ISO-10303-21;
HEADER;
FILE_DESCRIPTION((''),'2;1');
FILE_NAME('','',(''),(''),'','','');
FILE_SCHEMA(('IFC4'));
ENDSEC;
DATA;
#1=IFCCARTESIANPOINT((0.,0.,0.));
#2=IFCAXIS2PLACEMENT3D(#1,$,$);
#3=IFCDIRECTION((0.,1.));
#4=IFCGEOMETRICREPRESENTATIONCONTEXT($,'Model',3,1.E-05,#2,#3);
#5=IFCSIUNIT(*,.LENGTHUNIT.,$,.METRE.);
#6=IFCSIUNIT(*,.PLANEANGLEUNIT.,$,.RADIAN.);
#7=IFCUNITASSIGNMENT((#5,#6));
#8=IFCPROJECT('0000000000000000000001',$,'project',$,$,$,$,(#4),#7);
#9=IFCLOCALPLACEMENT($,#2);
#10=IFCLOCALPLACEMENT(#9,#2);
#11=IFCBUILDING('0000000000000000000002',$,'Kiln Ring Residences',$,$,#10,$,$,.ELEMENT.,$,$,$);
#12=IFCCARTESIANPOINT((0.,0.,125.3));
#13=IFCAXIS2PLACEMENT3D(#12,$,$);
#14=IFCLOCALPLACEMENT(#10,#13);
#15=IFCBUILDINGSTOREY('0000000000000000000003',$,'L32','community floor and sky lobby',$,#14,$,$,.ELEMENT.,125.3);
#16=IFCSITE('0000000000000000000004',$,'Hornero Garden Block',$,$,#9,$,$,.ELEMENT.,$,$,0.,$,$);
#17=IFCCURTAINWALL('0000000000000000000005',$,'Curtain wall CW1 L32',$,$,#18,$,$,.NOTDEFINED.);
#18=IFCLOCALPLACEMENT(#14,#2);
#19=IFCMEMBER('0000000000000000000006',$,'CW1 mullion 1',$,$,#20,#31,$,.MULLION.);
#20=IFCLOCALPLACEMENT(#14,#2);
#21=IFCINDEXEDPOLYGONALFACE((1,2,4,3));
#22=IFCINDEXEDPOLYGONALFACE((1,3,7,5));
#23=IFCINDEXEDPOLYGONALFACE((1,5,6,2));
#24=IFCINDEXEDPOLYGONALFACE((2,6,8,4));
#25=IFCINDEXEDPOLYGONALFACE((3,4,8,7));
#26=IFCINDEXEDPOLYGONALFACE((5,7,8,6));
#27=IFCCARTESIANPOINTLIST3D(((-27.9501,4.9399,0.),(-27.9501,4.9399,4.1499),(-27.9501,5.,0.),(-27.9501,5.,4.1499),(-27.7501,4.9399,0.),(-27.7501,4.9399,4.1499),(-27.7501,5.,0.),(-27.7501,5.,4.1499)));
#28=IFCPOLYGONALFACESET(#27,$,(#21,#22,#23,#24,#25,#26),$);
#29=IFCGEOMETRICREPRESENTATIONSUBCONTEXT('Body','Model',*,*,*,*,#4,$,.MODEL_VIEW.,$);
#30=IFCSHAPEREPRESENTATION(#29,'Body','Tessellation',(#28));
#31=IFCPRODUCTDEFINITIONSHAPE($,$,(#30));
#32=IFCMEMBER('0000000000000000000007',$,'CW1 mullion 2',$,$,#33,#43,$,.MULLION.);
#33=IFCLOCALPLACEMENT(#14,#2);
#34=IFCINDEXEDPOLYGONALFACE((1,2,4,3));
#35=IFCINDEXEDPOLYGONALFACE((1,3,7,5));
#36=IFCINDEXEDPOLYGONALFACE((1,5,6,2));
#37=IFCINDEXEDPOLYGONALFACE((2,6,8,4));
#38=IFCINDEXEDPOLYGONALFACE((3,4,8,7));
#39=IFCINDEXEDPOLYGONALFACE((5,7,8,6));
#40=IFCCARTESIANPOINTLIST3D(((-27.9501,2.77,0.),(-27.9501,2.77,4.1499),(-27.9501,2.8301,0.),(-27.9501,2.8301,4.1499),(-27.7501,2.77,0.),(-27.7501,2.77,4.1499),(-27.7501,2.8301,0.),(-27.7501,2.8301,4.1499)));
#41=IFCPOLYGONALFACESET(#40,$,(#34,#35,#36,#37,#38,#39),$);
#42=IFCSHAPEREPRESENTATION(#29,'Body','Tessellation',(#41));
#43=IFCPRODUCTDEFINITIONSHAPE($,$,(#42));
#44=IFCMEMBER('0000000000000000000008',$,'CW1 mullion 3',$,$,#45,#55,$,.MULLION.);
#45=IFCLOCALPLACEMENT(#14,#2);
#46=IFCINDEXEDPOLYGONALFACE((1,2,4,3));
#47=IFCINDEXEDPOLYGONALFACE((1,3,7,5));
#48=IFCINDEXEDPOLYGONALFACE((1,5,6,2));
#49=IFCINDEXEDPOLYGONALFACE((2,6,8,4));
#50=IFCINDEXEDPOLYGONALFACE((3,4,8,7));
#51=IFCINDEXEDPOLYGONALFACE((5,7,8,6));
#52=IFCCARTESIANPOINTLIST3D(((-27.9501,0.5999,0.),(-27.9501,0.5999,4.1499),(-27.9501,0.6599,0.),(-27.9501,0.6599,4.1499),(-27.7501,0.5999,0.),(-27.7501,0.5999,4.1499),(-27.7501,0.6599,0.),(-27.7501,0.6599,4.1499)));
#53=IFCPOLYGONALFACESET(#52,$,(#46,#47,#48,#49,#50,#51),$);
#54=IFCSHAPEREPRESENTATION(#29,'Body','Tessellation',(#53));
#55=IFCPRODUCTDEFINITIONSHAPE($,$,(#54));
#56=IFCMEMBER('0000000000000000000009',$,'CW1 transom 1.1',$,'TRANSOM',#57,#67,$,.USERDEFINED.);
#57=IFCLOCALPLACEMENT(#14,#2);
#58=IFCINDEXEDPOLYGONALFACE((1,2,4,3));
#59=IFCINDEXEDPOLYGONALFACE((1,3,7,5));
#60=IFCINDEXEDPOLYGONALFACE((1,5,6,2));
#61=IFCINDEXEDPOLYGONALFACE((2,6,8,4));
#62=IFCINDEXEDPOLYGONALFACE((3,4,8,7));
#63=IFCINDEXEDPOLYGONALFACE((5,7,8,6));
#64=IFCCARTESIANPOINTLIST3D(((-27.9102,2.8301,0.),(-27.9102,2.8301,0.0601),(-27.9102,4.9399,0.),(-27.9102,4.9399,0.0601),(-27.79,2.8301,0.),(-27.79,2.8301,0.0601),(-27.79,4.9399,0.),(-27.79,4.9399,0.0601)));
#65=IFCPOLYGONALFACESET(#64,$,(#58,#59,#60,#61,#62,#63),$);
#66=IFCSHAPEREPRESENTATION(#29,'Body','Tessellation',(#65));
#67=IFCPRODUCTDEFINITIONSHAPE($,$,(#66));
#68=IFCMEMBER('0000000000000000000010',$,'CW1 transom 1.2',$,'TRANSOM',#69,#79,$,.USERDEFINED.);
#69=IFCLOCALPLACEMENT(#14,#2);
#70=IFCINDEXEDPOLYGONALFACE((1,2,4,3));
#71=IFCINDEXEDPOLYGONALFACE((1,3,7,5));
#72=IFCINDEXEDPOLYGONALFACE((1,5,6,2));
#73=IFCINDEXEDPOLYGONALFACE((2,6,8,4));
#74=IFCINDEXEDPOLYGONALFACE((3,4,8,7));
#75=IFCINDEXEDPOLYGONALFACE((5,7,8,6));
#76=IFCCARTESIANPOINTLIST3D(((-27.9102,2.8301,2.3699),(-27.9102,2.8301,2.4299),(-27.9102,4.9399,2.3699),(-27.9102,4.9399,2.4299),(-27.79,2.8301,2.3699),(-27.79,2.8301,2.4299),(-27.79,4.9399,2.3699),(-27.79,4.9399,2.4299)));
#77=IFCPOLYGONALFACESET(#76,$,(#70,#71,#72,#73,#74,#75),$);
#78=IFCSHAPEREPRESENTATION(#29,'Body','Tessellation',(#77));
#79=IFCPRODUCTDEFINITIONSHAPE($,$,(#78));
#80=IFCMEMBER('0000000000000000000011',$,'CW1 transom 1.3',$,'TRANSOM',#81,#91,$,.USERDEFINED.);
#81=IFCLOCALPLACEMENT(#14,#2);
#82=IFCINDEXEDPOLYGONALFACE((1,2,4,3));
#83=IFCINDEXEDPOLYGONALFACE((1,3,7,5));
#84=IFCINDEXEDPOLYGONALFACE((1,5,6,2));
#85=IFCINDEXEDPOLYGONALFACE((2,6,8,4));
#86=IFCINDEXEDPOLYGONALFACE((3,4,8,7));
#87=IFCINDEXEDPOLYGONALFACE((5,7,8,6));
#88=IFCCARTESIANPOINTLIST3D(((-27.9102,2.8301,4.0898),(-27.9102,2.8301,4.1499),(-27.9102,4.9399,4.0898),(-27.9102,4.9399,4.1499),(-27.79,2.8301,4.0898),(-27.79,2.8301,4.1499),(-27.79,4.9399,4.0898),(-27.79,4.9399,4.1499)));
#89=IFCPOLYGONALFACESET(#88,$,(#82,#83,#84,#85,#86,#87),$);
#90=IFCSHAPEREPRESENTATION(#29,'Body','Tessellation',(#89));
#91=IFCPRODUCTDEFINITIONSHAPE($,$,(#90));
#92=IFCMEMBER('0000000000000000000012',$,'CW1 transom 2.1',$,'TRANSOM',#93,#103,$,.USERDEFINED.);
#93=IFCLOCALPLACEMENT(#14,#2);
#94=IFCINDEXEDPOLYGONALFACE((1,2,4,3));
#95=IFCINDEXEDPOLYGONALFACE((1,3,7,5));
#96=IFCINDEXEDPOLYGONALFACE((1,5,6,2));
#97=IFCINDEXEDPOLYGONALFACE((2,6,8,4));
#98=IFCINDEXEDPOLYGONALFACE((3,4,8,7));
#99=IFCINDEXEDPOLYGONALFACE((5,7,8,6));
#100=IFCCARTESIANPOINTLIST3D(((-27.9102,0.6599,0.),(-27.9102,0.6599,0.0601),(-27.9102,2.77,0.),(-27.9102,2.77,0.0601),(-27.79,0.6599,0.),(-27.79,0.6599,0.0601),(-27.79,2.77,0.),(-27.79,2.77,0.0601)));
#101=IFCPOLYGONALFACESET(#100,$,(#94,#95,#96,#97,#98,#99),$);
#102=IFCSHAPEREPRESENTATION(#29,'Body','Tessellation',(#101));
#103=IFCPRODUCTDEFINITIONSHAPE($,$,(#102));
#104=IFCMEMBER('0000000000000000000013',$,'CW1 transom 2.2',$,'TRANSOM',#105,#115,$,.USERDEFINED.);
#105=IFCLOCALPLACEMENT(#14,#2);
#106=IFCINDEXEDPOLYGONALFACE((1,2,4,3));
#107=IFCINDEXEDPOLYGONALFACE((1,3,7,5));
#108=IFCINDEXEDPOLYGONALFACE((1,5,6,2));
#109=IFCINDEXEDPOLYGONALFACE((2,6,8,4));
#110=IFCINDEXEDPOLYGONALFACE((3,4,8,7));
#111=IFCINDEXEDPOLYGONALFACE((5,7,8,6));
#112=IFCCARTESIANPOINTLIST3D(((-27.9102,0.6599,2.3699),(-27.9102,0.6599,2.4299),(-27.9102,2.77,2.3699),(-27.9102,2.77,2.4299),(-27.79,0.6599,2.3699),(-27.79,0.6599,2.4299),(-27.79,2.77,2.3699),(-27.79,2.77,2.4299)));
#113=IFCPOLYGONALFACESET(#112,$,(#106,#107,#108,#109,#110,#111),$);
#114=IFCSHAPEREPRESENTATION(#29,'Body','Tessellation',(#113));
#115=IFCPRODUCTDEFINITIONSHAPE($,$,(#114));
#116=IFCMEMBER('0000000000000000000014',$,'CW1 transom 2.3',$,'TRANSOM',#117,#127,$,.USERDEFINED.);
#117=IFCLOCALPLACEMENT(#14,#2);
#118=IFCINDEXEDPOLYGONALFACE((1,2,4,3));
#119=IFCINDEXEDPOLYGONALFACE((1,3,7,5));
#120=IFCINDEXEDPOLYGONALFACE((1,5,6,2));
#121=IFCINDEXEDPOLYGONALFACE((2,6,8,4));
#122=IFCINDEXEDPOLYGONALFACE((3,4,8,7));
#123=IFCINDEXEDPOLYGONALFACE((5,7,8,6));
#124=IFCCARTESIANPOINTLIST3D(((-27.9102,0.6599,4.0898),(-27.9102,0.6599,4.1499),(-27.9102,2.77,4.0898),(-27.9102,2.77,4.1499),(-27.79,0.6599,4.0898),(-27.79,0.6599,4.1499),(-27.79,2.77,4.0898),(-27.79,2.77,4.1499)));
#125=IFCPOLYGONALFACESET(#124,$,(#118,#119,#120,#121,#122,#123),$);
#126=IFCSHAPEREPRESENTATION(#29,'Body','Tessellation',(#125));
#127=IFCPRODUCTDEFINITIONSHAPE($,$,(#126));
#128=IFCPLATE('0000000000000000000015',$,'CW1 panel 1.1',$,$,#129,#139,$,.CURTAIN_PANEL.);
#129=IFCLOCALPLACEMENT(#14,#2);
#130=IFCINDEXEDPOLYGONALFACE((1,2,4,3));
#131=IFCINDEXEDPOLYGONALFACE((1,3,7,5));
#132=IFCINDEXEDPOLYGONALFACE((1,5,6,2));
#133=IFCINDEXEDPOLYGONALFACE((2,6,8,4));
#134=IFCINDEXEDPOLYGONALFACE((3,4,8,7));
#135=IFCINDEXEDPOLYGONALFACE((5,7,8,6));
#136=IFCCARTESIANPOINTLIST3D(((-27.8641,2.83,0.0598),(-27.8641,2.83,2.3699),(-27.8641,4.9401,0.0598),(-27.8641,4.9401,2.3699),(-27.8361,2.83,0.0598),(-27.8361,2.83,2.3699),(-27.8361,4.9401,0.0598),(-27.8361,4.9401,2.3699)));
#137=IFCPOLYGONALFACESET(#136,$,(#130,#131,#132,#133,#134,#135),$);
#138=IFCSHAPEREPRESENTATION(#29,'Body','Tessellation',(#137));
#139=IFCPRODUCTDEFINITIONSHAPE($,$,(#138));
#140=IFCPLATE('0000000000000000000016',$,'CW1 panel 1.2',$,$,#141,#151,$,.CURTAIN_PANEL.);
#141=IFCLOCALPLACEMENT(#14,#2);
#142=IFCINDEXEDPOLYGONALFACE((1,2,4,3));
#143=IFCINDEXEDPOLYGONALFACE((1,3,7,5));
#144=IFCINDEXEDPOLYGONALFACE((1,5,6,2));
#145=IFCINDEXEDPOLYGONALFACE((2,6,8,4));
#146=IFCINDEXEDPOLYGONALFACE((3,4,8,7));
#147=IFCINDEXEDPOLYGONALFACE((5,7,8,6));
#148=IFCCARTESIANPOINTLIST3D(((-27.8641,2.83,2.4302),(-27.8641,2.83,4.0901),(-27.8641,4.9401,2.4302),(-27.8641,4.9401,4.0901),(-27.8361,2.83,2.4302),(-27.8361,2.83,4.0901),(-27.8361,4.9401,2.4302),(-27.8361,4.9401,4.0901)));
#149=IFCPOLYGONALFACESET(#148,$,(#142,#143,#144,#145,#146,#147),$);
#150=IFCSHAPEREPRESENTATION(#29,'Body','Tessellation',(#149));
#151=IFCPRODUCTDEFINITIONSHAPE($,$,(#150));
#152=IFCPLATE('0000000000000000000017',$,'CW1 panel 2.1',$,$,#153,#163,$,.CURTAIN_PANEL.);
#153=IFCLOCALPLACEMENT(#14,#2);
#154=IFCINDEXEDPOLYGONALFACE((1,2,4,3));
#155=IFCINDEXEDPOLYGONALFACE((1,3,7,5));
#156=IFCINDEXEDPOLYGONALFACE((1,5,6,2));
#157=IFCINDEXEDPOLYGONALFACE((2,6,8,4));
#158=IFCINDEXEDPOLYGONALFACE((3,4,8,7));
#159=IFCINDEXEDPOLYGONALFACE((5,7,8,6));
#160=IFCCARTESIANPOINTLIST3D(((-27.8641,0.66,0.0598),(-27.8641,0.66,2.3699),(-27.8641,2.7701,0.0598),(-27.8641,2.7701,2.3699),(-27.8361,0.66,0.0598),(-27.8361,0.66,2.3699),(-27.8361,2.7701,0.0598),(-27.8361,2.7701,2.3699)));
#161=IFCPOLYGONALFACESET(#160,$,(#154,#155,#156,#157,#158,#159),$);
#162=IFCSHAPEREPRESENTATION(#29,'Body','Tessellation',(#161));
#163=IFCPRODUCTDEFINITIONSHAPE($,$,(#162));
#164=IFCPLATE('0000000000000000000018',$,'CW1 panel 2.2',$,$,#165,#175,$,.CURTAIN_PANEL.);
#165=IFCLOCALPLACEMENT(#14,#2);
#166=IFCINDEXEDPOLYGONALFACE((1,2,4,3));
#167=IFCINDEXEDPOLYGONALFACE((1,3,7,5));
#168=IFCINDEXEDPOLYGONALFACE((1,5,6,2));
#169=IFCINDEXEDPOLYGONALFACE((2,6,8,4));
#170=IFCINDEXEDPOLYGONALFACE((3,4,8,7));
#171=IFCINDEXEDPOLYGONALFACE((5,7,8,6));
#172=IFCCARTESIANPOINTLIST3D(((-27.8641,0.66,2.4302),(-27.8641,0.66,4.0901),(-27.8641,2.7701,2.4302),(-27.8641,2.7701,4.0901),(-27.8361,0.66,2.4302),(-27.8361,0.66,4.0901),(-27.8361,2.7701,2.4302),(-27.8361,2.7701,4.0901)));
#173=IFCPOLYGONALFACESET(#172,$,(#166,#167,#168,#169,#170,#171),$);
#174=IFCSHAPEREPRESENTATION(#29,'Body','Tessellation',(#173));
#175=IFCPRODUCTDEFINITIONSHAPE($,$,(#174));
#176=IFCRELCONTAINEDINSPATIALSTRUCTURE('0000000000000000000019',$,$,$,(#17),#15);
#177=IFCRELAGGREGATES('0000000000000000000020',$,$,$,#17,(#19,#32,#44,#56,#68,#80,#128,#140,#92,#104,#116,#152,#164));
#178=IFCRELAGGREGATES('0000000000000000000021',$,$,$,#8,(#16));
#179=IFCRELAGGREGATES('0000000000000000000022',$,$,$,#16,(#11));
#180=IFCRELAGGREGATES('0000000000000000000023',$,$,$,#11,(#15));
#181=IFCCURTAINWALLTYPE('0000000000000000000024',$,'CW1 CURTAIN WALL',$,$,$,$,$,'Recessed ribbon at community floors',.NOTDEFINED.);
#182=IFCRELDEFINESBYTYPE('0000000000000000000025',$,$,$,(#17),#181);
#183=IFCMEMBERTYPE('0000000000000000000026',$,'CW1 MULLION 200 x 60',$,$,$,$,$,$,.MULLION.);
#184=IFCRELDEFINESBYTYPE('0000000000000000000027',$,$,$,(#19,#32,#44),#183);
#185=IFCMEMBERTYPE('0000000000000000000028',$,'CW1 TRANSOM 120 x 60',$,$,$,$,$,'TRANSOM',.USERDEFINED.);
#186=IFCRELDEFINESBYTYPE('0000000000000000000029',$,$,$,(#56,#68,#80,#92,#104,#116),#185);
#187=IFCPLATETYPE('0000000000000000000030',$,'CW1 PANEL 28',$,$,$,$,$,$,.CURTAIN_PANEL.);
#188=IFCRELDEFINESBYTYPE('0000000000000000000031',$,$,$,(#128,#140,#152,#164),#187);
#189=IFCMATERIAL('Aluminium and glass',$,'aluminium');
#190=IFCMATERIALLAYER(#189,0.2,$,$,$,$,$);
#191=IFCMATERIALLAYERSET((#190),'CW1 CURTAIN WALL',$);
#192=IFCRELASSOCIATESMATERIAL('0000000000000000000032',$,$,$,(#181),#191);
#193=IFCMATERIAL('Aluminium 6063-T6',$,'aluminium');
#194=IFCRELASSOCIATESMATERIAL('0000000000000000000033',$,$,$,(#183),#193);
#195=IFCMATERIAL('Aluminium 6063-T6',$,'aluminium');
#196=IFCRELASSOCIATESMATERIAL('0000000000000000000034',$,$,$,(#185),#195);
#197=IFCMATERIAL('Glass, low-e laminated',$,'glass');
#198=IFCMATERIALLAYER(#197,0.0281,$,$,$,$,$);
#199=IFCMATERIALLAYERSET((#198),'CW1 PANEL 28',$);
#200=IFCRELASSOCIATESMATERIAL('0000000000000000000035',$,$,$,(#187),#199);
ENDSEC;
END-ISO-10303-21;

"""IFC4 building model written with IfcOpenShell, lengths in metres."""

from ifc_helpers import new_model, si_unit, direction, frame, origin, origin_2d, place, context, subcontext, project, spatial, rectangle, extrude, material, layer, layer_set, material_profile, profile_set, type_object, element, aggregate, save


model = new_model("IFC4")

# Units and contexts
model_context = context("Model", 3, precision=1e-05, world=origin(), true_north=direction((0.0, 1.0)))
body_context = subcontext(model_context, "Body", "Model", "MODEL_VIEW")
ifc_project = project(units=[si_unit("LENGTHUNIT", "METRE"), si_unit("PLANEANGLEUNIT", "RADIAN")], contexts=[model_context])

# Site, building, storey
site_placement = place(None, origin())
site = spatial("IfcSite", under=ifc_project, at=site_placement, Name="Hornero Garden Block", CompositionType="ELEMENT", RefElevation=0.0)
building_placement = place(site_placement, origin())
building = spatial("IfcBuilding", under=site, at=building_placement, Name="Kiln Ring Residences", CompositionType="ELEMENT")
storey_placement = place(building_placement, frame((0.0, 0.0, 125.3)))
storey = spatial("IfcBuildingStorey", under=building, at=storey_placement, Name="L32", Description="community floor and sky lobby", CompositionType="ELEMENT", Elevation=125.3)

# Curtain wall, members, plates
ifc_material_1 = material(Name="Aluminium and glass", Category="aluminium")
ifc_layer_1 = layer(ifc_material_1, 0.2)
ifc_layer_set_1 = layer_set([ifc_layer_1], Name="CW1 CURTAIN WALL")
curtain_wall_type = type_object("IfcCurtainWallType", Name="CW1 CURTAIN WALL", ElementType="Recessed ribbon at community floors", PredefinedType="NOTDEFINED", material=ifc_layer_set_1)
placement = place(storey_placement, origin())
curtain_wall = element("IfcCurtainWall", 1, at=placement, inside=storey, type_object=curtain_wall_type, Name="Curtain wall CW1 L32", PredefinedType="NOTDEFINED")
ifc_material_2 = material(Name="Aluminium 6063-T6", Category="aluminium")
ifc_material_profile_1 = material_profile(ifc_material_2, rectangle(XDim=0.2, YDim=0.0601, at=origin_2d()), Name="AL 200x60")
ifc_profile_set_1 = profile_set([ifc_material_profile_1], Name="Aluminium 6063-T6")
member_type_1 = type_object("IfcMemberType", Name="CW1 MULLION 200 x 60", PredefinedType="MULLION", material=ifc_profile_set_1)
member_1_placement = place(storey_placement, frame((-27.8501, 4.97, 0.0), z_axis=(0.0, 0.0, 1.0), x_axis=(1.0, 0.0, 0.0)))
member_1 = element("IfcMember", 2, at=member_1_placement, type_object=member_type_1, Name="CW1 mullion 1", PredefinedType="MULLION", context=body_context, shape_type="SweptSolid", body=[
    extrude(rectangle(XDim=0.2, YDim=0.0601, at=origin_2d()), origin(), (0.0, 0.0, 1.0), 4.1499),
])
member_2_placement = place(storey_placement, frame((-27.8501, 2.8, 0.0), z_axis=(0.0, 0.0, 1.0), x_axis=(1.0, 0.0, 0.0)))
member_2 = element("IfcMember", 3, at=member_2_placement, type_object=member_type_1, Name="CW1 mullion 2", PredefinedType="MULLION", context=body_context, shape_type="SweptSolid", body=[
    extrude(rectangle(XDim=0.2, YDim=0.0601, at=origin_2d()), origin(), (0.0, 0.0, 1.0), 4.1499),
])
member_3_placement = place(storey_placement, frame((-27.8501, 0.6299, 0.0), z_axis=(0.0, 0.0, 1.0), x_axis=(1.0, 0.0, 0.0)))
member_3 = element("IfcMember", 4, at=member_3_placement, type_object=member_type_1, Name="CW1 mullion 3", PredefinedType="MULLION", context=body_context, shape_type="SweptSolid", body=[
    extrude(rectangle(XDim=0.2, YDim=0.0601, at=origin_2d()), origin(), (0.0, 0.0, 1.0), 4.1499),
])
ifc_material_3 = material(Name="Aluminium 6063-T6", Category="aluminium")
ifc_material_profile_2 = material_profile(ifc_material_3, rectangle(XDim=0.1201, YDim=0.0601, at=origin_2d()), Name="AL 120x60")
ifc_profile_set_2 = profile_set([ifc_material_profile_2], Name="Aluminium 6063-T6")
member_type_2 = type_object("IfcMemberType", Name="CW1 TRANSOM 120 x 60", ElementType="TRANSOM", PredefinedType="USERDEFINED", material=ifc_profile_set_2)
member_4_placement = place(storey_placement, frame((-27.8501, 4.9399, 0.03), z_axis=(0.0, -1.0, 0.0), x_axis=(1.0, 0.0, 0.0)))
member_4 = element("IfcMember", 5, at=member_4_placement, type_object=member_type_2, Name="CW1 transom 1.1", ObjectType="TRANSOM", PredefinedType="USERDEFINED", context=body_context, shape_type="SweptSolid", body=[
    extrude(rectangle(XDim=0.1201, YDim=0.0601, at=origin_2d()), origin(), (0.0, 0.0, 1.0), 2.1099),
])
member_5_placement = place(storey_placement, frame((-27.8501, 4.9399, 2.3999), z_axis=(0.0, -1.0, 0.0), x_axis=(1.0, 0.0, 0.0)))
member_5 = element("IfcMember", 6, at=member_5_placement, type_object=member_type_2, Name="CW1 transom 1.2", ObjectType="TRANSOM", PredefinedType="USERDEFINED", context=body_context, shape_type="SweptSolid", body=[
    extrude(rectangle(XDim=0.1201, YDim=0.0601, at=origin_2d()), origin(), (0.0, 0.0, 1.0), 2.1099),
])
member_6_placement = place(storey_placement, frame((-27.8501, 4.9399, 4.1199), z_axis=(0.0, -1.0, 0.0), x_axis=(1.0, 0.0, 0.0)))
member_6 = element("IfcMember", 7, at=member_6_placement, type_object=member_type_2, Name="CW1 transom 1.3", ObjectType="TRANSOM", PredefinedType="USERDEFINED", context=body_context, shape_type="SweptSolid", body=[
    extrude(rectangle(XDim=0.1201, YDim=0.0601, at=origin_2d()), origin(), (0.0, 0.0, 1.0), 2.1099),
])
member_7_placement = place(storey_placement, frame((-27.8501, 2.77, 0.03), z_axis=(0.0, -1.0, 0.0), x_axis=(1.0, 0.0, 0.0)))
member_7 = element("IfcMember", 8, at=member_7_placement, type_object=member_type_2, Name="CW1 transom 2.1", ObjectType="TRANSOM", PredefinedType="USERDEFINED", context=body_context, shape_type="SweptSolid", body=[
    extrude(rectangle(XDim=0.1201, YDim=0.0601, at=origin_2d()), origin(), (0.0, 0.0, 1.0), 2.1101),
])
member_8_placement = place(storey_placement, frame((-27.8501, 2.77, 2.3999), z_axis=(0.0, -1.0, 0.0), x_axis=(1.0, 0.0, 0.0)))
member_8 = element("IfcMember", 9, at=member_8_placement, type_object=member_type_2, Name="CW1 transom 2.2", ObjectType="TRANSOM", PredefinedType="USERDEFINED", context=body_context, shape_type="SweptSolid", body=[
    extrude(rectangle(XDim=0.1201, YDim=0.0601, at=origin_2d()), origin(), (0.0, 0.0, 1.0), 2.1101),
])
member_9_placement = place(storey_placement, frame((-27.8501, 2.77, 4.1199), z_axis=(0.0, -1.0, 0.0), x_axis=(1.0, 0.0, 0.0)))
member_9 = element("IfcMember", 10, at=member_9_placement, type_object=member_type_2, Name="CW1 transom 2.3", ObjectType="TRANSOM", PredefinedType="USERDEFINED", context=body_context, shape_type="SweptSolid", body=[
    extrude(rectangle(XDim=0.1201, YDim=0.0601, at=origin_2d()), origin(), (0.0, 0.0, 1.0), 2.1101),
])
ifc_material_4 = material(Name="Glass, low-e laminated", Category="glass")
ifc_layer_2 = layer(ifc_material_4, 0.0281)
ifc_layer_set_2 = layer_set([ifc_layer_2], Name="CW1 PANEL 28")
plate_type = type_object("IfcPlateType", Name="CW1 PANEL 28", PredefinedType="CURTAIN_PANEL", material=ifc_layer_set_2)
plate_1_placement = place(storey_placement, frame((-27.8501, 3.885, 0.0598), z_axis=(0.0, 0.0, 1.0), x_axis=(0.0, -1.0, 0.0)))
plate_1 = element("IfcPlate", 11, at=plate_1_placement, type_object=plate_type, Name="CW1 panel 1.1", PredefinedType="CURTAIN_PANEL", context=body_context, shape_type="SweptSolid", body=[
    extrude(rectangle(XDim=2.1101, YDim=0.0281, at=origin_2d()), origin(), (0.0, 0.0, 1.0), 2.3101),
])
plate_2_placement = place(storey_placement, frame((-27.8501, 3.885, 2.4302), z_axis=(0.0, 0.0, 1.0), x_axis=(0.0, -1.0, 0.0)))
plate_2 = element("IfcPlate", 12, at=plate_2_placement, type_object=plate_type, Name="CW1 panel 1.2", PredefinedType="CURTAIN_PANEL", context=body_context, shape_type="SweptSolid", body=[
    extrude(rectangle(XDim=2.1101, YDim=0.0281, at=origin_2d()), origin(), (0.0, 0.0, 1.0), 1.6599),
])
plate_3_placement = place(storey_placement, frame((-27.8501, 1.7151, 0.0598), z_axis=(0.0, 0.0, 1.0), x_axis=(0.0, -1.0, 0.0)))
plate_3 = element("IfcPlate", 13, at=plate_3_placement, type_object=plate_type, Name="CW1 panel 2.1", PredefinedType="CURTAIN_PANEL", context=body_context, shape_type="SweptSolid", body=[
    extrude(rectangle(XDim=2.1101, YDim=0.0281, at=origin_2d()), origin(), (0.0, 0.0, 1.0), 2.3101),
])
plate_4_placement = place(storey_placement, frame((-27.8501, 1.7151, 2.4302), z_axis=(0.0, 0.0, 1.0), x_axis=(0.0, -1.0, 0.0)))
plate_4 = element("IfcPlate", 14, at=plate_4_placement, type_object=plate_type, Name="CW1 panel 2.2", PredefinedType="CURTAIN_PANEL", context=body_context, shape_type="SweptSolid", body=[
    extrude(rectangle(XDim=2.1101, YDim=0.0281, at=origin_2d()), origin(), (0.0, 0.0, 1.0), 1.6599),
])
aggregate(curtain_wall, [member_1, member_2, member_3, member_4, member_5, member_6, plate_1, plate_2, member_7, member_8, member_9, plate_3, plate_4])

save(model, "model.ifc")
